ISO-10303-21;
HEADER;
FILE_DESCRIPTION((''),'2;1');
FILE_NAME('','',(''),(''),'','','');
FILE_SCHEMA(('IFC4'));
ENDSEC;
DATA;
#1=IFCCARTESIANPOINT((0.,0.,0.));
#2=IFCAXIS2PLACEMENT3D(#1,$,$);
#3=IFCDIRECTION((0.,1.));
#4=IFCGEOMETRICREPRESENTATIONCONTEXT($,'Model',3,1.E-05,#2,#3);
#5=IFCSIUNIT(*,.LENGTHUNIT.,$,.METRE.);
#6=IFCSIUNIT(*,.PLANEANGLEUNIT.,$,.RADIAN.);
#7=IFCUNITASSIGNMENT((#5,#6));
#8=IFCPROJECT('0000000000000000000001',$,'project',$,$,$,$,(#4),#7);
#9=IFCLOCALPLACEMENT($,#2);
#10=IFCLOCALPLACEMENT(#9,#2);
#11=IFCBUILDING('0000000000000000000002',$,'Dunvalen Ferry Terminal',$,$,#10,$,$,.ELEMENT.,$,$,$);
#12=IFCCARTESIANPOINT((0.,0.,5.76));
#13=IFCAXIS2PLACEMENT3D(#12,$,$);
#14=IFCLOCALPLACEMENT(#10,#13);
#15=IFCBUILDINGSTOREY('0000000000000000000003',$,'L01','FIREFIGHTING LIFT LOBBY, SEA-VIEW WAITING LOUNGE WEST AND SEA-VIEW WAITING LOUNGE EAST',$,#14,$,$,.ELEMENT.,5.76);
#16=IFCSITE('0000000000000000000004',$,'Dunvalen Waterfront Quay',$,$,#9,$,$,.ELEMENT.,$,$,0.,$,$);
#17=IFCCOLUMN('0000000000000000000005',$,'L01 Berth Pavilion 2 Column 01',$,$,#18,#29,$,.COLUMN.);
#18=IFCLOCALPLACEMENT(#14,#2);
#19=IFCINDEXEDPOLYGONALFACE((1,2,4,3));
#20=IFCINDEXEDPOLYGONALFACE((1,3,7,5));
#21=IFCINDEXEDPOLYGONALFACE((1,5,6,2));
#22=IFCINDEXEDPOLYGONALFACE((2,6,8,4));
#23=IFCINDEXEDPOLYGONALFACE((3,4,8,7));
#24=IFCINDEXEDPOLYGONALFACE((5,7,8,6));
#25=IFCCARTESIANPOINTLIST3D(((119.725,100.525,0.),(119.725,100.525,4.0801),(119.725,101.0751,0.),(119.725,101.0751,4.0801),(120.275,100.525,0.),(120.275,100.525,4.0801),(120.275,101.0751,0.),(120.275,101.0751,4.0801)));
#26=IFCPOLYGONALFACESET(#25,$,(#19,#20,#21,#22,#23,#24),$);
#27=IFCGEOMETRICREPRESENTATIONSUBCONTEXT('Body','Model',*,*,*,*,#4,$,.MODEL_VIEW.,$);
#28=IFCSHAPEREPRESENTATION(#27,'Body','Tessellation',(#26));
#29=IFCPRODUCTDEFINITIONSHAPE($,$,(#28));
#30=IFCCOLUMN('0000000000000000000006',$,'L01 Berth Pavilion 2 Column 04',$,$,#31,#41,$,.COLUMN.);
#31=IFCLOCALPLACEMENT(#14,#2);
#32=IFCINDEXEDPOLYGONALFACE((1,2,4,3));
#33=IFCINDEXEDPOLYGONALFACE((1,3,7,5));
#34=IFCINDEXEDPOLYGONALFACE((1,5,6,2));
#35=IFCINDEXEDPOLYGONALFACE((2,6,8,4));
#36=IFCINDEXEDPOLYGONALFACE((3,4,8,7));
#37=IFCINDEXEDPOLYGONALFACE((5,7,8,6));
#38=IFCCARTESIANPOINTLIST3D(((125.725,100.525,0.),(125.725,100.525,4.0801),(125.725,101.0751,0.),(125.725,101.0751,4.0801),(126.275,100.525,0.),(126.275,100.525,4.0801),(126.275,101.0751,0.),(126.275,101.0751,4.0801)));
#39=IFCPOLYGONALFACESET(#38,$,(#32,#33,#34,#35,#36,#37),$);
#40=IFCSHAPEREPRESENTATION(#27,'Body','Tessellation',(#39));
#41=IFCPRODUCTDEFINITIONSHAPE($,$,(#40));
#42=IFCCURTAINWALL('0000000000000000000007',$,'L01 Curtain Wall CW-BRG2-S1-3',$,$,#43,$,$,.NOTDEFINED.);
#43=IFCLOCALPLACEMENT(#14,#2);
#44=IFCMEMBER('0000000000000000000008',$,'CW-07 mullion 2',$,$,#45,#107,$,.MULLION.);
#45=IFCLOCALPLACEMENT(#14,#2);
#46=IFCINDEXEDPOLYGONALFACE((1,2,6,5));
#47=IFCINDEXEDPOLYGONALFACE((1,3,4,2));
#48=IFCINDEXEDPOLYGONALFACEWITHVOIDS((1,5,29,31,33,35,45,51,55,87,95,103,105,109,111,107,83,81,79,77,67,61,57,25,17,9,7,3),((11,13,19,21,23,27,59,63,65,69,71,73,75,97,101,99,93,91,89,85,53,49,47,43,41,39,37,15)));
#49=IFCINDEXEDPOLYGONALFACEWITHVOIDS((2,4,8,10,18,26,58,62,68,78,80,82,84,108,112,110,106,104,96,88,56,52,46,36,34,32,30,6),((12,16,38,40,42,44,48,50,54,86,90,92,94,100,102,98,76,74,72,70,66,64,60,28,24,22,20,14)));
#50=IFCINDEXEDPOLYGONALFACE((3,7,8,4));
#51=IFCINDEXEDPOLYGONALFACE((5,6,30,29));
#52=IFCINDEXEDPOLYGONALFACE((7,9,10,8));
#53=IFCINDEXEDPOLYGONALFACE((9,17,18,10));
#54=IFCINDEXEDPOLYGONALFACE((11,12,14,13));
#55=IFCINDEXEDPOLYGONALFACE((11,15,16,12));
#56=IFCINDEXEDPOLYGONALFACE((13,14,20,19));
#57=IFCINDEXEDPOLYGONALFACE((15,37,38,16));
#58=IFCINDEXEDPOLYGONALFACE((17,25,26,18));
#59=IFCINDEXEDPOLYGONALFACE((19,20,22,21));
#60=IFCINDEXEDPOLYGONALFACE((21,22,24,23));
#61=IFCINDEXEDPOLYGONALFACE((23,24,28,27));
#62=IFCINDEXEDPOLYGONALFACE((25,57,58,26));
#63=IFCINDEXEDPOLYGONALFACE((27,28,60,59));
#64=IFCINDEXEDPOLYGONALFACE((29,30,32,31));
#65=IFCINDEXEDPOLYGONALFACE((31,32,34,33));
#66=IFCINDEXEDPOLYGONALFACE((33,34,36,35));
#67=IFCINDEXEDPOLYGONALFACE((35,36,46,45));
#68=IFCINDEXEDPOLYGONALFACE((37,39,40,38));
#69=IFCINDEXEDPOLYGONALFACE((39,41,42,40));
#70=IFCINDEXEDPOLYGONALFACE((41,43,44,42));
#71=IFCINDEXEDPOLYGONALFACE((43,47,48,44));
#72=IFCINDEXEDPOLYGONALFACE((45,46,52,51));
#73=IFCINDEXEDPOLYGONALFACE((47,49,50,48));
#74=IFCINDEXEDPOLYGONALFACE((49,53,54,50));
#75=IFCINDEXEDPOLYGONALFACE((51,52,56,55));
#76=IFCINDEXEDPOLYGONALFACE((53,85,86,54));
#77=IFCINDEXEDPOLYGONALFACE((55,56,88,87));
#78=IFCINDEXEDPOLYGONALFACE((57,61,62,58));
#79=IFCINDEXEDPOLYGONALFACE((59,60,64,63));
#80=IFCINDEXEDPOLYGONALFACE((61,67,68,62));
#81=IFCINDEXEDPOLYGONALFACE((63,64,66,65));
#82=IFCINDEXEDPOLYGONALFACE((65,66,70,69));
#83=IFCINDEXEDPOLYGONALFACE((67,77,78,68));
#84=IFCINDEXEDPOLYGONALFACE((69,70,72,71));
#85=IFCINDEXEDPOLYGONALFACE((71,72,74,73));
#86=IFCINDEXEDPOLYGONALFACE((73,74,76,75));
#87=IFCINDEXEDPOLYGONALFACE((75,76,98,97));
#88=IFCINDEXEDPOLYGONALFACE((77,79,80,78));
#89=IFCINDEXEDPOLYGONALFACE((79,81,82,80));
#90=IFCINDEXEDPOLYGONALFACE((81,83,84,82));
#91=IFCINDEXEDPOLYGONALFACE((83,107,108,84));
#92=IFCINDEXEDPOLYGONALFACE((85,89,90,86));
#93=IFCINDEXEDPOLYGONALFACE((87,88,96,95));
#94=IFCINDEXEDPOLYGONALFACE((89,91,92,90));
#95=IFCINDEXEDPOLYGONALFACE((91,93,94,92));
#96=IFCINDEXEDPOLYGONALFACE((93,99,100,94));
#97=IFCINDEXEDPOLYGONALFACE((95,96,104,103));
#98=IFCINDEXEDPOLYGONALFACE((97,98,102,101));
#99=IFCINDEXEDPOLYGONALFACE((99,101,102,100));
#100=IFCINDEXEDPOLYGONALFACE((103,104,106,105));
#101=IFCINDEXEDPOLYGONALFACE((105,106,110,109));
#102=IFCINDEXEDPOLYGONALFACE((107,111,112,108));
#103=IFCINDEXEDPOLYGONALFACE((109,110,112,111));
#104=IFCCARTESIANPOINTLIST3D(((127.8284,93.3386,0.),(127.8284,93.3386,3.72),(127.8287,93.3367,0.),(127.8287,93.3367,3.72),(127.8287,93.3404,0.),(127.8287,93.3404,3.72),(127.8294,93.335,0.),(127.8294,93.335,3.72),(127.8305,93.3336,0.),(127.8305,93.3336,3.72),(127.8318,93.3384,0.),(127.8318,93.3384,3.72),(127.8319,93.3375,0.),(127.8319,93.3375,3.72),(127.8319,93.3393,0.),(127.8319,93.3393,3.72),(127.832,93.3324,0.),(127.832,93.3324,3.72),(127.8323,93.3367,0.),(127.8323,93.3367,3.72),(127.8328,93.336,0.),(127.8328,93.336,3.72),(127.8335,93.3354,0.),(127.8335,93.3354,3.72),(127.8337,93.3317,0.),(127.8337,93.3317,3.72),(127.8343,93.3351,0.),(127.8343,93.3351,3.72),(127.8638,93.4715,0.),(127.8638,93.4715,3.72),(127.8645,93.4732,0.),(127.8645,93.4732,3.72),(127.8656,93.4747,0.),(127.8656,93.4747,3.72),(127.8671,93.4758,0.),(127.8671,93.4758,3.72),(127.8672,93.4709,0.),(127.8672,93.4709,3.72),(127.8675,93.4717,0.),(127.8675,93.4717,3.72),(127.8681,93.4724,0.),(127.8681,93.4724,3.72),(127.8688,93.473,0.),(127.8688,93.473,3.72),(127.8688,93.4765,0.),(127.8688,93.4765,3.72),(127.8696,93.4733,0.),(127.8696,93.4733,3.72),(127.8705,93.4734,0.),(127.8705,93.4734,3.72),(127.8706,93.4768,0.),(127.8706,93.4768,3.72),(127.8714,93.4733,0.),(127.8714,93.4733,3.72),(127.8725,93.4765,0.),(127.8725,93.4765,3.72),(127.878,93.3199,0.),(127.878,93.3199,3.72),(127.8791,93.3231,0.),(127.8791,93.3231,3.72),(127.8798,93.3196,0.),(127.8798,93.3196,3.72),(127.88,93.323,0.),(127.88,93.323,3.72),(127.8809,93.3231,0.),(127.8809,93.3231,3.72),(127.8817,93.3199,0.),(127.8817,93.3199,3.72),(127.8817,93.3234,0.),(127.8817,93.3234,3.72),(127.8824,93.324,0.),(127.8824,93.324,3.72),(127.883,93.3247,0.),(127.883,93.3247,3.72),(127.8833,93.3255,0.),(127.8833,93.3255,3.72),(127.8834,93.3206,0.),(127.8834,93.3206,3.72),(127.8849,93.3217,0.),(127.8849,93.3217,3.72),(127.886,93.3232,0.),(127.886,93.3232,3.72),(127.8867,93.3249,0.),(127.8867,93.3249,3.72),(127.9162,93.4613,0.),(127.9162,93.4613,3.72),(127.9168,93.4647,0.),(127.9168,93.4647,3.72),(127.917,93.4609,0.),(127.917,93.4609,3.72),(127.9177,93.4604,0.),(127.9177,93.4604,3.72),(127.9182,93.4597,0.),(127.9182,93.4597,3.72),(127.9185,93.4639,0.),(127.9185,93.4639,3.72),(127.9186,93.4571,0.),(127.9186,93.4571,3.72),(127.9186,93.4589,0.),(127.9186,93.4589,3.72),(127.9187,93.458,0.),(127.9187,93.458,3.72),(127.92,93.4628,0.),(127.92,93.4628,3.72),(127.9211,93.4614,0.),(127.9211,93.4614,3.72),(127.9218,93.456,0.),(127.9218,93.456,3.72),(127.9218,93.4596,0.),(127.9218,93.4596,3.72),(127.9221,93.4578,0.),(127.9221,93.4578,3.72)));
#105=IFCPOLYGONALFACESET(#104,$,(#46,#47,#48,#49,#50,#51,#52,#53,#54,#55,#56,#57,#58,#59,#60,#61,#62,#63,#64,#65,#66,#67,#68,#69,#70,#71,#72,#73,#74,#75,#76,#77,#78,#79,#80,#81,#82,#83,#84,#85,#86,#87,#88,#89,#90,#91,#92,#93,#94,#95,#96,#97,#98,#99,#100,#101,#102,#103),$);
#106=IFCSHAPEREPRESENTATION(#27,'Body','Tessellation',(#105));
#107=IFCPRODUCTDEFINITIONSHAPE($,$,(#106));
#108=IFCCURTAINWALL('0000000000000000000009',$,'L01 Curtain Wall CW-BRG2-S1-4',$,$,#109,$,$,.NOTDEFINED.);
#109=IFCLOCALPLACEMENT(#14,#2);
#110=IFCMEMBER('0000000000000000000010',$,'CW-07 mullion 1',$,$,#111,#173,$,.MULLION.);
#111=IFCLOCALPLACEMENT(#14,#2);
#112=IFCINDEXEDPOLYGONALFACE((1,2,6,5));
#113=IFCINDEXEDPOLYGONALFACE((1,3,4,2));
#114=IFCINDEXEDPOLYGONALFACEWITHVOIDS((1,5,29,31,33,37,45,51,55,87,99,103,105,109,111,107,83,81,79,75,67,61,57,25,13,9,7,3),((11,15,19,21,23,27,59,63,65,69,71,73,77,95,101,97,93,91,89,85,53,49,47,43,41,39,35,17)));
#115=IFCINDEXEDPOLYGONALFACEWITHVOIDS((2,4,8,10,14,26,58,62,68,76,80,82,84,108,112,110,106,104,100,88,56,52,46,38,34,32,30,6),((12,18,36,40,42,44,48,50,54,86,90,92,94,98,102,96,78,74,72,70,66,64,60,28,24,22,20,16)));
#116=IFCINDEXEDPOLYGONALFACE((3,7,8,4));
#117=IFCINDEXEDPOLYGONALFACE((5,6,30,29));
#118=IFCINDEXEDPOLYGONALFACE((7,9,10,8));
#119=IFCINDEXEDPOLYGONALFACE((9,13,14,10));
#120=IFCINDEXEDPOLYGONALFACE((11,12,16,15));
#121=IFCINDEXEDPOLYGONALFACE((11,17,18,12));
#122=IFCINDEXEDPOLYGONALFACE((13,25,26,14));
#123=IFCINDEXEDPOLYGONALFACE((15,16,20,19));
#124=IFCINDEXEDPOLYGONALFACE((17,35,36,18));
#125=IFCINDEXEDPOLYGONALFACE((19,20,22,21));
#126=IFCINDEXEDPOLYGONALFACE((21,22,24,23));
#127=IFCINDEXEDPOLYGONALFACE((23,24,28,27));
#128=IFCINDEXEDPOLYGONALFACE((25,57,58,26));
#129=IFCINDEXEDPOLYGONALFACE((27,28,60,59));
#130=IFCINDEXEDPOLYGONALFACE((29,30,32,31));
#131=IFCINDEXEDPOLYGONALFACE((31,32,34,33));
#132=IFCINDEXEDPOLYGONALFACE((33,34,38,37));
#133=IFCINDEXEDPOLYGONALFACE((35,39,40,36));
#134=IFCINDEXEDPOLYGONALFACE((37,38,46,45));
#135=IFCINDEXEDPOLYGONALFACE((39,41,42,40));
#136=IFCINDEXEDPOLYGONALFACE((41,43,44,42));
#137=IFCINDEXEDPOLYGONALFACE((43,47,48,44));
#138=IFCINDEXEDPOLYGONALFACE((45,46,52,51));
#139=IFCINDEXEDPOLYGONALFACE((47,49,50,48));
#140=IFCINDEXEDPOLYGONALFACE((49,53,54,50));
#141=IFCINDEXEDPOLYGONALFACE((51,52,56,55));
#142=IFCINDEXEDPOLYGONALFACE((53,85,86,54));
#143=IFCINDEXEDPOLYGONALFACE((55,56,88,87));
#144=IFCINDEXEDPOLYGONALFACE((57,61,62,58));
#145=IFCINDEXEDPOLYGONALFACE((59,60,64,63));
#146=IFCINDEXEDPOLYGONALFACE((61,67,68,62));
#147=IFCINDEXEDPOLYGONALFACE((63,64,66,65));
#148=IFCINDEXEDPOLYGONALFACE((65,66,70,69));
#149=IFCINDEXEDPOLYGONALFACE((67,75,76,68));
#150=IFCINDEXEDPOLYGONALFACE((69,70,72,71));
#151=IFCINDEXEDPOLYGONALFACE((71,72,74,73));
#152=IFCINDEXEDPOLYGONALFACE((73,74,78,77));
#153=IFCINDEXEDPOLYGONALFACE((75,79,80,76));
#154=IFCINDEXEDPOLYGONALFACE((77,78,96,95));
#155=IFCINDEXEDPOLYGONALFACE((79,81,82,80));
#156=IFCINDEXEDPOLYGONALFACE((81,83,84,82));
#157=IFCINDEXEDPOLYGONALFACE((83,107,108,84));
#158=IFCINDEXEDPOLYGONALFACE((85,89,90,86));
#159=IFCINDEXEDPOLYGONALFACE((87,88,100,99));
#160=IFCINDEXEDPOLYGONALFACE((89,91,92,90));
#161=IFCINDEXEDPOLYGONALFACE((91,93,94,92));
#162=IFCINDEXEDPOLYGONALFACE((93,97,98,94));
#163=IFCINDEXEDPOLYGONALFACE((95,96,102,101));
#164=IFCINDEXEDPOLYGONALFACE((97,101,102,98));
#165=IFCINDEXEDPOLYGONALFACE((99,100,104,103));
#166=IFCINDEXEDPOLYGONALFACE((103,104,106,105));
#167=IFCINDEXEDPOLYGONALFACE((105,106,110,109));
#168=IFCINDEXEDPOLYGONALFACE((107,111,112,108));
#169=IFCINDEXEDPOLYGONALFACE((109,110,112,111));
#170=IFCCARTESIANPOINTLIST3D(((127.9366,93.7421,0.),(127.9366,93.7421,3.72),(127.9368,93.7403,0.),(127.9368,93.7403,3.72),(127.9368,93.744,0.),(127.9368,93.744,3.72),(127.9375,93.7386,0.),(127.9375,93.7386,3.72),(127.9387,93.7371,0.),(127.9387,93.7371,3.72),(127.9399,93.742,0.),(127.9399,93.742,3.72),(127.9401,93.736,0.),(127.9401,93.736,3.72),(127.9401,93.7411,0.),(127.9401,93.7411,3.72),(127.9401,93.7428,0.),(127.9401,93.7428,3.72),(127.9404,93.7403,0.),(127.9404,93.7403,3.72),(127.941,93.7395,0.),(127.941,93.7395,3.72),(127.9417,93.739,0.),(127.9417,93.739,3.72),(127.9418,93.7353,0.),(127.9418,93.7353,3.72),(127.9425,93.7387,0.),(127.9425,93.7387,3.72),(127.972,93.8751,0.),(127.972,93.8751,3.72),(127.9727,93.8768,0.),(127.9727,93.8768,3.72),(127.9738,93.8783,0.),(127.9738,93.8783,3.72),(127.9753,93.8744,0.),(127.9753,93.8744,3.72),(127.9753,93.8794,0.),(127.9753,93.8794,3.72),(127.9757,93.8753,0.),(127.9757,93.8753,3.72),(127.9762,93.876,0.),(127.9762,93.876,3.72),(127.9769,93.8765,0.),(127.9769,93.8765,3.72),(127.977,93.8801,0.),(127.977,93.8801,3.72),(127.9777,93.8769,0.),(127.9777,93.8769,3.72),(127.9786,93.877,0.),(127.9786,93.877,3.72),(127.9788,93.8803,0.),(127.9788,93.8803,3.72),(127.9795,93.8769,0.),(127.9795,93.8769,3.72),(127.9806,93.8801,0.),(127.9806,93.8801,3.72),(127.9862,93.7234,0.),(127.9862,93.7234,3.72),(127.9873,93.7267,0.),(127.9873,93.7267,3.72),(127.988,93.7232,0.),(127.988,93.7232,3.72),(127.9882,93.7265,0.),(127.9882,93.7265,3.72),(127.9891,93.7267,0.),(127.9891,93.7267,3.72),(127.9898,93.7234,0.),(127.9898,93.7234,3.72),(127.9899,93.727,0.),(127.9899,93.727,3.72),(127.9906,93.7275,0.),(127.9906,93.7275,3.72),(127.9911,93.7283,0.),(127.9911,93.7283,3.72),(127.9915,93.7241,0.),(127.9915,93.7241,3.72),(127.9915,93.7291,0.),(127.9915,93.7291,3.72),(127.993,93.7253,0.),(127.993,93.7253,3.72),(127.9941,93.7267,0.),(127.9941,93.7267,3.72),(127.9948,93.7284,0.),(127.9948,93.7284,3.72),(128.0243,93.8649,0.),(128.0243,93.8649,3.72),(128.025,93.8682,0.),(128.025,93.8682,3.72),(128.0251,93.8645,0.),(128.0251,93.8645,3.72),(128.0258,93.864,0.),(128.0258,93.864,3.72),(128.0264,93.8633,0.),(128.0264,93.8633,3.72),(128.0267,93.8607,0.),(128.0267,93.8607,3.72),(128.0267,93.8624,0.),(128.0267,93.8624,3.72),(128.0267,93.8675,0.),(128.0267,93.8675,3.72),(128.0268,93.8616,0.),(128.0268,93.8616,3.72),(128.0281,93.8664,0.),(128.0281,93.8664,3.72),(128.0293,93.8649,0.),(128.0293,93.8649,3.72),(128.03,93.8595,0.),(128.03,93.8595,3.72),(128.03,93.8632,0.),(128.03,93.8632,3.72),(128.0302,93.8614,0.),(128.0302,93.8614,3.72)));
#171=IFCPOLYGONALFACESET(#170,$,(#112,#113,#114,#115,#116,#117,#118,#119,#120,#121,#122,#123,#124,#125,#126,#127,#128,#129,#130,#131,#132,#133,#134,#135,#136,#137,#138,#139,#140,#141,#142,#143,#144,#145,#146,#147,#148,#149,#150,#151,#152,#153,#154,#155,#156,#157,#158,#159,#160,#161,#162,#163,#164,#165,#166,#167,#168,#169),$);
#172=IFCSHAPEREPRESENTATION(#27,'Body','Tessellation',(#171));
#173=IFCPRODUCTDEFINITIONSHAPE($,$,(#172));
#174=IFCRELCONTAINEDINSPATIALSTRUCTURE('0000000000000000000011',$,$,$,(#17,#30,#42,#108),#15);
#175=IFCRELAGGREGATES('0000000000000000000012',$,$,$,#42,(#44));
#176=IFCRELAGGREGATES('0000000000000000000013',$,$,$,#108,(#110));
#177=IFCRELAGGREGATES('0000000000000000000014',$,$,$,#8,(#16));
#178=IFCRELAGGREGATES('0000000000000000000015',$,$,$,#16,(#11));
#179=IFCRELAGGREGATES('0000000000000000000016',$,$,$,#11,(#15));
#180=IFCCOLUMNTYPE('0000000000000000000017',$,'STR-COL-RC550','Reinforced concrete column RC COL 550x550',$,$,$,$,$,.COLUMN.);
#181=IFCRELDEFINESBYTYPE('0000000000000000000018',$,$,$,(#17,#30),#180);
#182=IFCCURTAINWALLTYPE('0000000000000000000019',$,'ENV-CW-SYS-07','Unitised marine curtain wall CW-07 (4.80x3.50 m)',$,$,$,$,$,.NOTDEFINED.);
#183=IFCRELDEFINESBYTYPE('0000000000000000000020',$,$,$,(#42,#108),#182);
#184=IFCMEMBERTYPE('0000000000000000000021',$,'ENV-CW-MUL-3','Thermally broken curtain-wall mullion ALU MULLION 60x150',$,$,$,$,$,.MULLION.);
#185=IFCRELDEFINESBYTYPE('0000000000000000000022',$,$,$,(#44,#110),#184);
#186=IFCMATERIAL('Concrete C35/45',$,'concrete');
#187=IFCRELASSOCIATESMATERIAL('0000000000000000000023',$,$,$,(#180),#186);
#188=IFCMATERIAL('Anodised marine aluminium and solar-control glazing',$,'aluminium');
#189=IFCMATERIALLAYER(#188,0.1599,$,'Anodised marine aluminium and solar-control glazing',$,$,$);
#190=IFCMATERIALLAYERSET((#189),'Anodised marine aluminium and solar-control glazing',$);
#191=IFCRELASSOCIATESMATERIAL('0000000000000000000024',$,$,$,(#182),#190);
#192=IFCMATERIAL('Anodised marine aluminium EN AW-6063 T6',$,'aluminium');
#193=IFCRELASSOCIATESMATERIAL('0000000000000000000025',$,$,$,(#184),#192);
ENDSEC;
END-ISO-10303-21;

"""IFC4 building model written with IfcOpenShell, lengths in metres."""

from ifc_helpers import new_model, si_unit, direction, frame, origin, origin_2d, place, context, subcontext, project, spatial, rectangle, hollow_rectangle, extrude, material, layer, layer_set, material_profile, profile_set, type_object, element, aggregate, save


model = new_model("IFC4")

# Units and contexts
model_context = context("Model", 3, precision=1e-05, world=origin(), true_north=direction((0.0, 1.0)))
body_context = subcontext(model_context, "Body", "Model", "MODEL_VIEW")
ifc_project = project(units=[si_unit("LENGTHUNIT", "METRE"), si_unit("PLANEANGLEUNIT", "RADIAN")], contexts=[model_context])

# Site, building, storey
site_placement = place(None, origin())
site = spatial("IfcSite", under=ifc_project, at=site_placement, Name="Dunvalen Waterfront Quay", CompositionType="ELEMENT", RefElevation=0.0)
building_placement = place(site_placement, origin())
building = spatial("IfcBuilding", under=site, at=building_placement, Name="Dunvalen Ferry Terminal", CompositionType="ELEMENT")
storey_placement = place(building_placement, frame((0.0, 0.0, 5.76)))
storey = spatial("IfcBuildingStorey", under=building, at=storey_placement, Name="L01", Description="FIREFIGHTING LIFT LOBBY, SEA-VIEW WAITING LOUNGE WEST AND SEA-VIEW WAITING LOUNGE EAST", CompositionType="ELEMENT", Elevation=5.76)

# Columns
ifc_material_1 = material(Name="Concrete C35/45", Category="concrete")
ifc_material_profile_1 = material_profile(ifc_material_1, rectangle(XDim=0.55, YDim=0.55, at=origin_2d()), Name="Concrete C35/45")
ifc_profile_set_1 = profile_set([ifc_material_profile_1], Name="Concrete C35/45")
column_type = type_object("IfcColumnType", Name="STR-COL-RC550", Description="Reinforced concrete column RC COL 550x550", PredefinedType="COLUMN", material=ifc_profile_set_1)
for number, where, z_axis, x_axis, name in (
    (1, (120.0, 100.8, 0.0), (0.0, 0.0, 1.0), (1.0, 0.0, 0.0), "L01 Berth Pavilion 2 Column 01"),
    (2, (126.0, 100.8, 0.0), (0.0, 0.0, 1.0), (1.0, 0.0, 0.0), "L01 Berth Pavilion 2 Column 04"),
):
    element("IfcColumn", number, at=place(storey_placement, frame(where, z_axis=z_axis, x_axis=x_axis)), inside=storey, type_object=column_type, Name=name, PredefinedType="COLUMN", context=body_context, shape_type="SweptSolid", body=[
        extrude(rectangle(XDim=0.55, YDim=0.55, at=origin_2d()), origin(), (0.0, 0.0, 1.0), 4.0801),
    ])

# Curtain wall, member
ifc_material_2 = material(Name="Anodised marine aluminium and solar-control glazing", Category="aluminium")
ifc_layer_1 = layer(ifc_material_2, 0.1599, Name="Anodised marine aluminium and solar-control glazing")
ifc_layer_set_1 = layer_set([ifc_layer_1], Name="Anodised marine aluminium and solar-control glazing")
curtain_wall_type = type_object("IfcCurtainWallType", Name="ENV-CW-SYS-07", Description="Unitised marine curtain wall CW-07 (4.80x3.50 m)", PredefinedType="NOTDEFINED", material=ifc_layer_set_1)
curtain_wall_1_placement = place(storey_placement, origin())
curtain_wall_1 = element("IfcCurtainWall", 3, at=curtain_wall_1_placement, inside=storey, type_object=curtain_wall_type, Name="L01 Curtain Wall CW-BRG2-S1-3", PredefinedType="NOTDEFINED")
ifc_material_3 = material(Name="Anodised marine aluminium EN AW-6063 T6", Category="aluminium")
ifc_material_profile_2 = material_profile(ifc_material_3, hollow_rectangle(XDim=0.0601, YDim=0.1499, WallThickness=0.0034, InnerFilletRadius=0.0034, OuterFilletRadius=0.0071, at=origin_2d()), Name="Anodised marine aluminium EN AW-6063 T6")
ifc_profile_set_2 = profile_set([ifc_material_profile_2], Name="Anodised marine aluminium EN AW-6063 T6")
member_type_1 = type_object("IfcMemberType", Name="ENV-CW-MUL-3", Description="Thermally broken curtain-wall mullion ALU MULLION 60x150", PredefinedType="MULLION", material=ifc_profile_set_2)
member_1_placement = place(storey_placement, frame((127.8752, 93.3982, 0.0), z_axis=(0.0, 0.0, 1.0), x_axis=(-0.965935, 0.258786, 0.0)))
member_1 = element("IfcMember", 4, at=member_1_placement, type_object=member_type_1, Name="CW-07 mullion 2", PredefinedType="MULLION", context=body_context, shape_type="SweptSolid", body=[
    extrude(hollow_rectangle(XDim=0.0601, YDim=0.1499, WallThickness=0.0034, InnerFilletRadius=0.0034, OuterFilletRadius=0.0071, at=origin_2d()), origin(), (0.0, 0.0, 1.0), 3.72),
])

# Curtain wall, member
curtain_wall_2_placement = place(storey_placement, origin())
curtain_wall_2 = element("IfcCurtainWall", 5, at=curtain_wall_2_placement, inside=storey, type_object=curtain_wall_type, Name="L01 Curtain Wall CW-BRG2-S1-4", PredefinedType="NOTDEFINED")
member_2_placement = place(storey_placement, frame((127.9834, 93.8018, 0.0), z_axis=(0.0, 0.0, 1.0), x_axis=(-0.965935, 0.258786, 0.0)))
member_2 = element("IfcMember", 6, at=member_2_placement, type_object=member_type_1, Name="CW-07 mullion 1", PredefinedType="MULLION", context=body_context, shape_type="SweptSolid", body=[
    extrude(hollow_rectangle(XDim=0.0601, YDim=0.1499, WallThickness=0.0034, InnerFilletRadius=0.0034, OuterFilletRadius=0.0071, at=origin_2d()), origin(), (0.0, 0.0, 1.0), 3.72),
])

aggregate(curtain_wall_1, [member_1])
aggregate(curtain_wall_2, [member_2])

save(model, "model.ifc")
